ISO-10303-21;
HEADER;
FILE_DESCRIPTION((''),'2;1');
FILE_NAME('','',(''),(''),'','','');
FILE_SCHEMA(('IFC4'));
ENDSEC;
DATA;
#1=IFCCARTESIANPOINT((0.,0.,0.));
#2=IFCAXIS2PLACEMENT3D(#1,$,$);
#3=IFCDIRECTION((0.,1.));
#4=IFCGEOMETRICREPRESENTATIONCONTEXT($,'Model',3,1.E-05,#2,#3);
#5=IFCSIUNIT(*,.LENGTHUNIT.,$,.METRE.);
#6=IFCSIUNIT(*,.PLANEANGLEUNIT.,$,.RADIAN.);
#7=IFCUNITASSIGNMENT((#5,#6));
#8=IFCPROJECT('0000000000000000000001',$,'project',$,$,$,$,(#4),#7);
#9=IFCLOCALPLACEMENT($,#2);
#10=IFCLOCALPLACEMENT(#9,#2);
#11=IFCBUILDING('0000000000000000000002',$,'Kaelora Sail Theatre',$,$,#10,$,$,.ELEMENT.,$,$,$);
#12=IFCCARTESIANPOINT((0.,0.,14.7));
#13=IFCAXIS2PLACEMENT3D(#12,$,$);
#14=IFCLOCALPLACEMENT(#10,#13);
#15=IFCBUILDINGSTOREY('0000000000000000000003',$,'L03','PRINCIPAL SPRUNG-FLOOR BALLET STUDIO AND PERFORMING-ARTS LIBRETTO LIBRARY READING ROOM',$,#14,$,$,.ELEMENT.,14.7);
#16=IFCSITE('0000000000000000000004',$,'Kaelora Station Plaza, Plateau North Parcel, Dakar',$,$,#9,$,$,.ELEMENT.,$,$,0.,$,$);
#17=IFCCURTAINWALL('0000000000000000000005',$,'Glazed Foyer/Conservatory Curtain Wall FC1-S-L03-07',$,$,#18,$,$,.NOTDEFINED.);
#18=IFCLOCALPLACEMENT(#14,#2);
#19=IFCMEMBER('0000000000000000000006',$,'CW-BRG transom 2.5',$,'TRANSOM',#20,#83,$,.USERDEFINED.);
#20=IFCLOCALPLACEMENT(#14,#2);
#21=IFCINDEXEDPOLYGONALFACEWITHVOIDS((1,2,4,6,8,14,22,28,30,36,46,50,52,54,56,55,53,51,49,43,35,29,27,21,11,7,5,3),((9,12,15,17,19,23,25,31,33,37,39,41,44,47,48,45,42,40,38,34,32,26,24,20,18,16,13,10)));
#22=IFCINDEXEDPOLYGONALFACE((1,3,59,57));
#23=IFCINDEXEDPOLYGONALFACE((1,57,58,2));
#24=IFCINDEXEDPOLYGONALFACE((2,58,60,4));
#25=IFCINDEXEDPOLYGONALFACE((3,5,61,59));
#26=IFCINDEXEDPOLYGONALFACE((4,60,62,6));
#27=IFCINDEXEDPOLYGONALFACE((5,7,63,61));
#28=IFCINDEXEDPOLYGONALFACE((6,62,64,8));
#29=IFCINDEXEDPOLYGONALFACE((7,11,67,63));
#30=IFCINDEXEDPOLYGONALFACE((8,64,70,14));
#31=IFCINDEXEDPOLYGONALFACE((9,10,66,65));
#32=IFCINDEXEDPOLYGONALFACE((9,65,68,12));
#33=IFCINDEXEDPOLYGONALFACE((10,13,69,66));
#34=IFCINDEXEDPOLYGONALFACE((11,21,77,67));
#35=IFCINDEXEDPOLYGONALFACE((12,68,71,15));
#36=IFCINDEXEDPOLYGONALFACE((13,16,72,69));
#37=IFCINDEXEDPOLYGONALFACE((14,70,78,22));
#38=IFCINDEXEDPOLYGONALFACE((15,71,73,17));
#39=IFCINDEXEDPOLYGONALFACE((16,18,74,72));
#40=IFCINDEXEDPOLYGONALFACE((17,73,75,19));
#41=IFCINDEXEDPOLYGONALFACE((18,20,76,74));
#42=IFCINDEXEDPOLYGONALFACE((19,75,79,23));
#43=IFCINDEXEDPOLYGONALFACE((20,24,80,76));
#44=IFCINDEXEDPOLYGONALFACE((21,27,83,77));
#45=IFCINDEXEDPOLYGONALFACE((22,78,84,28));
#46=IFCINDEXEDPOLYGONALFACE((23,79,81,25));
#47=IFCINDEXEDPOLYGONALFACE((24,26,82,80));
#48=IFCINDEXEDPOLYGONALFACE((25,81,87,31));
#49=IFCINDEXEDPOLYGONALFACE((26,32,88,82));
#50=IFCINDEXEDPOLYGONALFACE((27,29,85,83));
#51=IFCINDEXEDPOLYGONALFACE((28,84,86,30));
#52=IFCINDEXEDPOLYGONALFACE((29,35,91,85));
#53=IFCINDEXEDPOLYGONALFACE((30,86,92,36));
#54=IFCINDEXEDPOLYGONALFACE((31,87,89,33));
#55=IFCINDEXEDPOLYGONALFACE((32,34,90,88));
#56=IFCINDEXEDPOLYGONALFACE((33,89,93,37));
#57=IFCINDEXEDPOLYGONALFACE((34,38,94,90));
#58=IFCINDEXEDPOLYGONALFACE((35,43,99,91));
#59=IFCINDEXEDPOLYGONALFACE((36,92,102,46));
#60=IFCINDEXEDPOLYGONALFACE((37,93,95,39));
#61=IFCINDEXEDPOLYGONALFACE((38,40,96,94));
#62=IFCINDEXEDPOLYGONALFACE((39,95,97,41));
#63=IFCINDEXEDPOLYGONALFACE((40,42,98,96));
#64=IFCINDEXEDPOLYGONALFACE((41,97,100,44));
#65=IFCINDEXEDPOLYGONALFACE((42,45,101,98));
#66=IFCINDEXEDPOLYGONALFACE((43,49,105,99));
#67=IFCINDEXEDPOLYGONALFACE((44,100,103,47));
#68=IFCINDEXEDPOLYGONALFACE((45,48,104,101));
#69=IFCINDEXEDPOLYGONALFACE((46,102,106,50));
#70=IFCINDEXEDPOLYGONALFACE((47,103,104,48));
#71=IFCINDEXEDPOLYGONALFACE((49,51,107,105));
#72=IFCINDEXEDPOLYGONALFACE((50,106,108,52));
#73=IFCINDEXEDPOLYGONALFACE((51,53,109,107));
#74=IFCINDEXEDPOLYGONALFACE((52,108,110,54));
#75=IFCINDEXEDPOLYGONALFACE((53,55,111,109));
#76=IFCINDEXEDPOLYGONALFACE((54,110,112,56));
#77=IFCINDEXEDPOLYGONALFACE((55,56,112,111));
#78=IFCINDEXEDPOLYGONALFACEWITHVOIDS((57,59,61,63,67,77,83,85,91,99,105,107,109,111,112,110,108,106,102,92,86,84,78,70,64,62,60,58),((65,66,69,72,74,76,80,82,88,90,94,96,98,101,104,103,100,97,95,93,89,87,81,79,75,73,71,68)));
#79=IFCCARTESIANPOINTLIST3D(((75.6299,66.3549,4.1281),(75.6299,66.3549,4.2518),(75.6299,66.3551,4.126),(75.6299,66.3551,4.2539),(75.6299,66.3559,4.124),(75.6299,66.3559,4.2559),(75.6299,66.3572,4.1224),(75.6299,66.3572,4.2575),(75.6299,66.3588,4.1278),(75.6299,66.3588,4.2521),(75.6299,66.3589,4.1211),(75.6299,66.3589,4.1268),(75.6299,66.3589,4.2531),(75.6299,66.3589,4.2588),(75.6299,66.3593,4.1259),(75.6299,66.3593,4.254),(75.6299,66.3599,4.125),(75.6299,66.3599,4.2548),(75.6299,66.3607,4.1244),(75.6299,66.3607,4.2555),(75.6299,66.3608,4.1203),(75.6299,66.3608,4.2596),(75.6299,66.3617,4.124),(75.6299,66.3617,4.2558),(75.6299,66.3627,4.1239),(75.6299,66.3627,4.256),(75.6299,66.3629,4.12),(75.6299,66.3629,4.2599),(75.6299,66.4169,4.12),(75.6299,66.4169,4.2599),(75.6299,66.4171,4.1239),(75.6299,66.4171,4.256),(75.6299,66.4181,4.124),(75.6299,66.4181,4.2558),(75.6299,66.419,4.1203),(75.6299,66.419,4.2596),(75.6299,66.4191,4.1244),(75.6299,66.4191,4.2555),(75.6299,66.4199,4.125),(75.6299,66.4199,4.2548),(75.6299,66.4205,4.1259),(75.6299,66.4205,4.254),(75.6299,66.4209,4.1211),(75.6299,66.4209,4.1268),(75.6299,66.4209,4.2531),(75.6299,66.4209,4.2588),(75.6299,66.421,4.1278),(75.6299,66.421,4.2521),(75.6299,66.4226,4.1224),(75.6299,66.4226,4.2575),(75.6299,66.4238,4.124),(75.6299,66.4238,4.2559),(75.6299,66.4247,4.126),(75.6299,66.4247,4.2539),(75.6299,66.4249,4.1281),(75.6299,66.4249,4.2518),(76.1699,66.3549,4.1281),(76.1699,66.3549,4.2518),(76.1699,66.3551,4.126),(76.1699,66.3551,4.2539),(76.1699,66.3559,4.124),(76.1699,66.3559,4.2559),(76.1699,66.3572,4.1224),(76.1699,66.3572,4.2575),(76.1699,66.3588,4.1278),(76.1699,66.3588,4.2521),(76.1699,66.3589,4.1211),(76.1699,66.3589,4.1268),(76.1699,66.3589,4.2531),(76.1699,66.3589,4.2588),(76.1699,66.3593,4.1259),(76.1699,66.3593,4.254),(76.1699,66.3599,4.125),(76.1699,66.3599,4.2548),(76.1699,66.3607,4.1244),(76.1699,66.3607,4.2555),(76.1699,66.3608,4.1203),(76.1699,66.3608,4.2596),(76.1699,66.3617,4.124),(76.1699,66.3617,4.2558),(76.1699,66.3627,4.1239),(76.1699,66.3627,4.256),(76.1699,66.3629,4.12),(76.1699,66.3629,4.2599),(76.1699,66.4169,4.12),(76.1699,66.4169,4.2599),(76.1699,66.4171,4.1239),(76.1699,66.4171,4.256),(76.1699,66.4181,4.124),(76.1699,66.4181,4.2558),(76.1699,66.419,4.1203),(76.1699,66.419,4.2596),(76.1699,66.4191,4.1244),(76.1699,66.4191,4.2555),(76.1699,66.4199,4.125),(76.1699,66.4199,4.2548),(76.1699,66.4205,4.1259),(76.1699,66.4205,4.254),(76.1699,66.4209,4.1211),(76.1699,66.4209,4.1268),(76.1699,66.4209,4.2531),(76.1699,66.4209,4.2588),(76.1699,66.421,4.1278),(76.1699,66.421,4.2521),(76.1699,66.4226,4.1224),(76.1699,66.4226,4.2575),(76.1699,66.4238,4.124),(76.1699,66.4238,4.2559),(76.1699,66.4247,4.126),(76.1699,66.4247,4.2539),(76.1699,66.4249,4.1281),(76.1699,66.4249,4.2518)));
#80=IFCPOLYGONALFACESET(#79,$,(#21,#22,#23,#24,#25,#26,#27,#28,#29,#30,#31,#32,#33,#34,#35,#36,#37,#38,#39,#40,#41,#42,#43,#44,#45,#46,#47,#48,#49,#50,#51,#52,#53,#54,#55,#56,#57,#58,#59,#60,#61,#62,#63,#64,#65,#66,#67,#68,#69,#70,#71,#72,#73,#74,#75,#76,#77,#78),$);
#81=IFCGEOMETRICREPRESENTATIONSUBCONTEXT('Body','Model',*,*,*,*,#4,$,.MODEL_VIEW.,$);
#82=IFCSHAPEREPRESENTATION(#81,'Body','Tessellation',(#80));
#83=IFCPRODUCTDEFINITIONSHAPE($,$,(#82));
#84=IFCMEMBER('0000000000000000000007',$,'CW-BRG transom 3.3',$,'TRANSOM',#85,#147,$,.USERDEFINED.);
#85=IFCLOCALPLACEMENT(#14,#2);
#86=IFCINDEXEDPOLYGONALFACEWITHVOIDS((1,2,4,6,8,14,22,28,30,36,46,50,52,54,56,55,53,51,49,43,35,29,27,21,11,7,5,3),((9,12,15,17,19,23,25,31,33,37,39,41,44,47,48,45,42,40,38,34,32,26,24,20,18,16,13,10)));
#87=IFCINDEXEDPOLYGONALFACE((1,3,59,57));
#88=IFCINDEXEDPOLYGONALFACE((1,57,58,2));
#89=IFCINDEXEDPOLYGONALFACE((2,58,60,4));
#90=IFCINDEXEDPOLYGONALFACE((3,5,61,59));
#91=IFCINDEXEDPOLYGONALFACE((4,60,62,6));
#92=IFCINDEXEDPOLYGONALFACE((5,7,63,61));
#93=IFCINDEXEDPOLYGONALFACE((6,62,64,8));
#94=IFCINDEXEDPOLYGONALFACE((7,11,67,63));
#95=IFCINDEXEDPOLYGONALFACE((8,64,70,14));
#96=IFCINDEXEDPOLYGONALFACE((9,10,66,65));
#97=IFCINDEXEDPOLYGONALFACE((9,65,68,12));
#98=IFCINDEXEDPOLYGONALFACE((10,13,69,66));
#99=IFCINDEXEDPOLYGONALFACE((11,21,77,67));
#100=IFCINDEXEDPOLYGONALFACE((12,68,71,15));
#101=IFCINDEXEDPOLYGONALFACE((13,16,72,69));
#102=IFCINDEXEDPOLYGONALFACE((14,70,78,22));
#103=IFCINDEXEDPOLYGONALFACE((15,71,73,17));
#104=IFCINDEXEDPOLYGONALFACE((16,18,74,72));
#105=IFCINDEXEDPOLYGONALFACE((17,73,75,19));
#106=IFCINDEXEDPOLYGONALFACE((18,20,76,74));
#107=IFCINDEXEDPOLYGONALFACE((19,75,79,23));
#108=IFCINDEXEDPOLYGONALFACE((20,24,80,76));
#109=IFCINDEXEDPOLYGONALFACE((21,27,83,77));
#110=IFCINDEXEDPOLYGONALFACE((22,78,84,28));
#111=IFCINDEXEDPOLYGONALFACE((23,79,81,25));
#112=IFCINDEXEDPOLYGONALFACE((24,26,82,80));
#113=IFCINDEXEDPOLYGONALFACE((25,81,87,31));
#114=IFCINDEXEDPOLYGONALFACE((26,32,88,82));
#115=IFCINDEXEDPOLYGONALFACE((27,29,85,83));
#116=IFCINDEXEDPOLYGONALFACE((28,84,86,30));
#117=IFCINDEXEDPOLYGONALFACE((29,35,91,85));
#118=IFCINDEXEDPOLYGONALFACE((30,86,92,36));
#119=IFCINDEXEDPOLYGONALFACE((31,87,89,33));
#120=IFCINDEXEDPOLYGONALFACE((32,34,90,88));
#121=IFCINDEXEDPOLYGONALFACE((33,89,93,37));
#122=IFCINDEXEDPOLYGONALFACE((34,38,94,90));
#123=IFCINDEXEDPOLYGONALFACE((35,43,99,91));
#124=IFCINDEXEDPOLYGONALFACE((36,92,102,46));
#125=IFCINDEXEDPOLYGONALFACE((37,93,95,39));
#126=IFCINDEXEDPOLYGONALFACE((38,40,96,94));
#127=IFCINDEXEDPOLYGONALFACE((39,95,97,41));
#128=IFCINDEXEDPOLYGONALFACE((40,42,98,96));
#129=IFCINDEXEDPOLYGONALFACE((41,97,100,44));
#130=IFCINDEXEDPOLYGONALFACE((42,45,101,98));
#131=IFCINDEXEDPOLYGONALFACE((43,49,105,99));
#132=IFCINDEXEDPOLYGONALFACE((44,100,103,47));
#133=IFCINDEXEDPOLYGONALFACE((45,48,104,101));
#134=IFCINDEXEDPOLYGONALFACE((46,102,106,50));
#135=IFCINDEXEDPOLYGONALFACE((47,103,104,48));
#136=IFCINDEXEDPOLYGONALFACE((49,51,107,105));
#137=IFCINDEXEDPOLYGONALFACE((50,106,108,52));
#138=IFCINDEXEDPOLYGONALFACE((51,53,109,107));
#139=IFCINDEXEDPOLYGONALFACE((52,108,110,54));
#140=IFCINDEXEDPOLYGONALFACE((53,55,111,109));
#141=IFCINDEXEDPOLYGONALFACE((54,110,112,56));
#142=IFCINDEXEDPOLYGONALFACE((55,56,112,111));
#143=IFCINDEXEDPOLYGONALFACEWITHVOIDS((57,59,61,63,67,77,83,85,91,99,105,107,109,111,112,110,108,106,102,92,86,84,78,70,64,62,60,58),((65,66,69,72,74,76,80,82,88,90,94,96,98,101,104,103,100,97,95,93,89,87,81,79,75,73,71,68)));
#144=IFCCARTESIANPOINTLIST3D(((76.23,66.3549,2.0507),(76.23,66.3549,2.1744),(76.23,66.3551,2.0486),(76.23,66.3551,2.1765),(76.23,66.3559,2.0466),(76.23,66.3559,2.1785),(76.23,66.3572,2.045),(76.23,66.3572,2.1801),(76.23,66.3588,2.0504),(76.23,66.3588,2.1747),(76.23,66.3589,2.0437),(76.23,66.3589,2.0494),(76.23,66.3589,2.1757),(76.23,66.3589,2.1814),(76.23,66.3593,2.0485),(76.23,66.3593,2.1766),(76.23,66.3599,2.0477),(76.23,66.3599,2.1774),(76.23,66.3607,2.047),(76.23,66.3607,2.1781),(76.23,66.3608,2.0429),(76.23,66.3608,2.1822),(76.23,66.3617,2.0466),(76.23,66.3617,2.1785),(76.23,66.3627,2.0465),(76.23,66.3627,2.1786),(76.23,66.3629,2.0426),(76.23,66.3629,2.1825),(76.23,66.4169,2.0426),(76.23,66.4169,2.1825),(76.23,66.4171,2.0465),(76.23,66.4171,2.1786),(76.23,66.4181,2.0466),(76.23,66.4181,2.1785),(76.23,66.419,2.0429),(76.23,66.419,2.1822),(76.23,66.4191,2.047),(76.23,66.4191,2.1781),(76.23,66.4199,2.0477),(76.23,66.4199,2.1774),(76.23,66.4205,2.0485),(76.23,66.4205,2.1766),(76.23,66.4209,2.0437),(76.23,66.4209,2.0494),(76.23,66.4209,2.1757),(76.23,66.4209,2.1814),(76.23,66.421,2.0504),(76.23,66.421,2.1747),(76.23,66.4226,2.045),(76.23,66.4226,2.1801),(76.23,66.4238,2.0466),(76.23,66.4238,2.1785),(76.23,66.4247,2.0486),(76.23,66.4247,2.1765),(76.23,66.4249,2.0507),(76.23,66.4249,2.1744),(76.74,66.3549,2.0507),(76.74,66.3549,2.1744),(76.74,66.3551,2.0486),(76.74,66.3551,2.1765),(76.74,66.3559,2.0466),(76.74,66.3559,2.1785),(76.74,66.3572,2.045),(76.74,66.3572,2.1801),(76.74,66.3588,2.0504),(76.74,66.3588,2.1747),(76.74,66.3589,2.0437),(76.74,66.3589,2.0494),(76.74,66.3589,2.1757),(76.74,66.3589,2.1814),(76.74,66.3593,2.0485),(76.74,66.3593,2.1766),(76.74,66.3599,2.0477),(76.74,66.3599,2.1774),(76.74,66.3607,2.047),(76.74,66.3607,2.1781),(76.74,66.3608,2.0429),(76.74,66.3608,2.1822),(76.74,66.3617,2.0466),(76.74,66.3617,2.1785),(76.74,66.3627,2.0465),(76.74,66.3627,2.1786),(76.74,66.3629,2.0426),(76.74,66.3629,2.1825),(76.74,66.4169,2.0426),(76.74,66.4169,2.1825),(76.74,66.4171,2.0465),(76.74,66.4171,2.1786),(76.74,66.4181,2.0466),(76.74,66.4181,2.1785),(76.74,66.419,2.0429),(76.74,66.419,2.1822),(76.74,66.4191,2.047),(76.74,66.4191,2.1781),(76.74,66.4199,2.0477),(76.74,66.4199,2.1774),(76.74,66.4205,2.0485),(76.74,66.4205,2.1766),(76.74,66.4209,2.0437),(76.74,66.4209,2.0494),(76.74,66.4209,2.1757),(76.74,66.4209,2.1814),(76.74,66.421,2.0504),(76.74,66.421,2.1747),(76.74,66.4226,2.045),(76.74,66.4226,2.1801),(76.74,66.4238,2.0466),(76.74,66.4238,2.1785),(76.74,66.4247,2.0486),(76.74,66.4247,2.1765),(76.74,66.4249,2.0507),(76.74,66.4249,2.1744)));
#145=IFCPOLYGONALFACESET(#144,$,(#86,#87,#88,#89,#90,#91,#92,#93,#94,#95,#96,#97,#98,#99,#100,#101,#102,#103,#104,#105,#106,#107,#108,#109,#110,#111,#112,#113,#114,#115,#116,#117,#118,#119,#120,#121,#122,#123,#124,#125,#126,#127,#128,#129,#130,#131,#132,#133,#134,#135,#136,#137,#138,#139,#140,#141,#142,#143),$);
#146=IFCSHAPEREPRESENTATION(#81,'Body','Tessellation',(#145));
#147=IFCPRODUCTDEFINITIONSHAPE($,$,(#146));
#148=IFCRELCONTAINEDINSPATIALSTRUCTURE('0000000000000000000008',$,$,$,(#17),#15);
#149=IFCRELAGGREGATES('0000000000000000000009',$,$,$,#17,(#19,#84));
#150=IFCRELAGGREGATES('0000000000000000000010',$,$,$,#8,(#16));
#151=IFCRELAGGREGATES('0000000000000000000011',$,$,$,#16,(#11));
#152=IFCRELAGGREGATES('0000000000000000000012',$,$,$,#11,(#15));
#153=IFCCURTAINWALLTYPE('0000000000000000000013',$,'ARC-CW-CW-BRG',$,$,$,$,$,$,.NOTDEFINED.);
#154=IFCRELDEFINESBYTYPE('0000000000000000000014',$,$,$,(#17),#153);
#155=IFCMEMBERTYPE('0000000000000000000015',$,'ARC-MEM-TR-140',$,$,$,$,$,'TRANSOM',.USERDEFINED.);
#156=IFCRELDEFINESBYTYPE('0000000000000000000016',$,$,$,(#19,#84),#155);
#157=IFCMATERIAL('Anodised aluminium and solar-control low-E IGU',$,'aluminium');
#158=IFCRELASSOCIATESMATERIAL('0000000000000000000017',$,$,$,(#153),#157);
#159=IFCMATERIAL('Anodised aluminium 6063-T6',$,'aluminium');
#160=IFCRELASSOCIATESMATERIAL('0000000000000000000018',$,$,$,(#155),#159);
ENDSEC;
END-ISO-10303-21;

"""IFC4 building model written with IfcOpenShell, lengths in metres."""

from ifc_helpers import new_model, si_unit, direction, frame, origin, origin_2d, place, context, subcontext, project, spatial, hollow_rectangle, extrude, material, material_profile, profile_set, type_object, element, aggregate, save


model = new_model("IFC4")

# Units and contexts
model_context = context("Model", 3, precision=1e-05, world=origin(), true_north=direction((0.0, 1.0)))
body_context = subcontext(model_context, "Body", "Model", "MODEL_VIEW")
ifc_project = project(units=[si_unit("LENGTHUNIT", "METRE"), si_unit("PLANEANGLEUNIT", "RADIAN")], contexts=[model_context])

# Site, building, storey
site_placement = place(None, origin())
site = spatial("IfcSite", under=ifc_project, at=site_placement, Name="Kaelora Station Plaza, Plateau North Parcel, Dakar", CompositionType="ELEMENT", RefElevation=0.0)
building_placement = place(site_placement, origin())
building = spatial("IfcBuilding", under=site, at=building_placement, Name="Kaelora Sail Theatre", CompositionType="ELEMENT")
storey_placement = place(building_placement, frame((0.0, 0.0, 14.7)))
storey = spatial("IfcBuildingStorey", under=building, at=storey_placement, Name="L03", Description="PRINCIPAL SPRUNG-FLOOR BALLET STUDIO AND PERFORMING-ARTS LIBRETTO LIBRARY READING ROOM", CompositionType="ELEMENT", Elevation=14.7)

# Curtain wall, members
ifc_material_1 = material(Name="Anodised aluminium and solar-control low-E IGU", Category="aluminium")
curtain_wall_type = type_object("IfcCurtainWallType", Name="ARC-CW-CW-BRG", PredefinedType="NOTDEFINED", material=ifc_material_1)
curtain_wall_1_placement = place(storey_placement, origin())
curtain_wall_1 = element("IfcCurtainWall", 1, at=curtain_wall_1_placement, inside=storey, type_object=curtain_wall_type, Name="Glazed Foyer/Conservatory Curtain Wall FC1-S-L03-07", PredefinedType="NOTDEFINED")
ifc_material_2 = material(Name="Anodised aluminium 6063-T6", Category="aluminium")
ifc_material_profile = material_profile(ifc_material_2, hollow_rectangle(XDim=0.0701, YDim=0.1399, WallThickness=0.0039, InnerFilletRadius=0.0039, OuterFilletRadius=0.0081, at=origin_2d()), Name="ALU-TRAN 70x140x4")
ifc_profile_set = profile_set([ifc_material_profile], Name="Anodised aluminium 6063-T6")
member_type = type_object("IfcMemberType", Name="ARC-MEM-TR-140", ElementType="TRANSOM", PredefinedType="USERDEFINED", material=ifc_profile_set)
member_1_placement = place(storey_placement, frame((75.6299, 66.3899, 4.1899), z_axis=(1.0, 0.0, 0.0), x_axis=(0.0, 1.0, 0.0)))
member_1 = element("IfcMember", 2, at=member_1_placement, type_object=member_type, Name="CW-BRG transom 2.5", ObjectType="TRANSOM", PredefinedType="USERDEFINED", context=body_context, shape_type="SweptSolid", body=[
    extrude(hollow_rectangle(XDim=0.0701, YDim=0.1399, WallThickness=0.0039, InnerFilletRadius=0.0039, OuterFilletRadius=0.0081, at=origin_2d()), origin(), (0.0, 0.0, 1.0), 0.54),
])
member_2_placement = place(storey_placement, frame((76.23, 66.3899, 2.1125), z_axis=(1.0, 0.0, 0.0), x_axis=(0.0, 1.0, 0.0)))
member_2 = element("IfcMember", 3, at=member_2_placement, type_object=member_type, Name="CW-BRG transom 3.3", ObjectType="TRANSOM", PredefinedType="USERDEFINED", context=body_context, shape_type="SweptSolid", body=[
    extrude(hollow_rectangle(XDim=0.0701, YDim=0.1399, WallThickness=0.0039, InnerFilletRadius=0.0039, OuterFilletRadius=0.0081, at=origin_2d()), origin(), (0.0, 0.0, 1.0), 0.51),
])

aggregate(curtain_wall_1, [member_1, member_2])

save(model, "model.ifc")
